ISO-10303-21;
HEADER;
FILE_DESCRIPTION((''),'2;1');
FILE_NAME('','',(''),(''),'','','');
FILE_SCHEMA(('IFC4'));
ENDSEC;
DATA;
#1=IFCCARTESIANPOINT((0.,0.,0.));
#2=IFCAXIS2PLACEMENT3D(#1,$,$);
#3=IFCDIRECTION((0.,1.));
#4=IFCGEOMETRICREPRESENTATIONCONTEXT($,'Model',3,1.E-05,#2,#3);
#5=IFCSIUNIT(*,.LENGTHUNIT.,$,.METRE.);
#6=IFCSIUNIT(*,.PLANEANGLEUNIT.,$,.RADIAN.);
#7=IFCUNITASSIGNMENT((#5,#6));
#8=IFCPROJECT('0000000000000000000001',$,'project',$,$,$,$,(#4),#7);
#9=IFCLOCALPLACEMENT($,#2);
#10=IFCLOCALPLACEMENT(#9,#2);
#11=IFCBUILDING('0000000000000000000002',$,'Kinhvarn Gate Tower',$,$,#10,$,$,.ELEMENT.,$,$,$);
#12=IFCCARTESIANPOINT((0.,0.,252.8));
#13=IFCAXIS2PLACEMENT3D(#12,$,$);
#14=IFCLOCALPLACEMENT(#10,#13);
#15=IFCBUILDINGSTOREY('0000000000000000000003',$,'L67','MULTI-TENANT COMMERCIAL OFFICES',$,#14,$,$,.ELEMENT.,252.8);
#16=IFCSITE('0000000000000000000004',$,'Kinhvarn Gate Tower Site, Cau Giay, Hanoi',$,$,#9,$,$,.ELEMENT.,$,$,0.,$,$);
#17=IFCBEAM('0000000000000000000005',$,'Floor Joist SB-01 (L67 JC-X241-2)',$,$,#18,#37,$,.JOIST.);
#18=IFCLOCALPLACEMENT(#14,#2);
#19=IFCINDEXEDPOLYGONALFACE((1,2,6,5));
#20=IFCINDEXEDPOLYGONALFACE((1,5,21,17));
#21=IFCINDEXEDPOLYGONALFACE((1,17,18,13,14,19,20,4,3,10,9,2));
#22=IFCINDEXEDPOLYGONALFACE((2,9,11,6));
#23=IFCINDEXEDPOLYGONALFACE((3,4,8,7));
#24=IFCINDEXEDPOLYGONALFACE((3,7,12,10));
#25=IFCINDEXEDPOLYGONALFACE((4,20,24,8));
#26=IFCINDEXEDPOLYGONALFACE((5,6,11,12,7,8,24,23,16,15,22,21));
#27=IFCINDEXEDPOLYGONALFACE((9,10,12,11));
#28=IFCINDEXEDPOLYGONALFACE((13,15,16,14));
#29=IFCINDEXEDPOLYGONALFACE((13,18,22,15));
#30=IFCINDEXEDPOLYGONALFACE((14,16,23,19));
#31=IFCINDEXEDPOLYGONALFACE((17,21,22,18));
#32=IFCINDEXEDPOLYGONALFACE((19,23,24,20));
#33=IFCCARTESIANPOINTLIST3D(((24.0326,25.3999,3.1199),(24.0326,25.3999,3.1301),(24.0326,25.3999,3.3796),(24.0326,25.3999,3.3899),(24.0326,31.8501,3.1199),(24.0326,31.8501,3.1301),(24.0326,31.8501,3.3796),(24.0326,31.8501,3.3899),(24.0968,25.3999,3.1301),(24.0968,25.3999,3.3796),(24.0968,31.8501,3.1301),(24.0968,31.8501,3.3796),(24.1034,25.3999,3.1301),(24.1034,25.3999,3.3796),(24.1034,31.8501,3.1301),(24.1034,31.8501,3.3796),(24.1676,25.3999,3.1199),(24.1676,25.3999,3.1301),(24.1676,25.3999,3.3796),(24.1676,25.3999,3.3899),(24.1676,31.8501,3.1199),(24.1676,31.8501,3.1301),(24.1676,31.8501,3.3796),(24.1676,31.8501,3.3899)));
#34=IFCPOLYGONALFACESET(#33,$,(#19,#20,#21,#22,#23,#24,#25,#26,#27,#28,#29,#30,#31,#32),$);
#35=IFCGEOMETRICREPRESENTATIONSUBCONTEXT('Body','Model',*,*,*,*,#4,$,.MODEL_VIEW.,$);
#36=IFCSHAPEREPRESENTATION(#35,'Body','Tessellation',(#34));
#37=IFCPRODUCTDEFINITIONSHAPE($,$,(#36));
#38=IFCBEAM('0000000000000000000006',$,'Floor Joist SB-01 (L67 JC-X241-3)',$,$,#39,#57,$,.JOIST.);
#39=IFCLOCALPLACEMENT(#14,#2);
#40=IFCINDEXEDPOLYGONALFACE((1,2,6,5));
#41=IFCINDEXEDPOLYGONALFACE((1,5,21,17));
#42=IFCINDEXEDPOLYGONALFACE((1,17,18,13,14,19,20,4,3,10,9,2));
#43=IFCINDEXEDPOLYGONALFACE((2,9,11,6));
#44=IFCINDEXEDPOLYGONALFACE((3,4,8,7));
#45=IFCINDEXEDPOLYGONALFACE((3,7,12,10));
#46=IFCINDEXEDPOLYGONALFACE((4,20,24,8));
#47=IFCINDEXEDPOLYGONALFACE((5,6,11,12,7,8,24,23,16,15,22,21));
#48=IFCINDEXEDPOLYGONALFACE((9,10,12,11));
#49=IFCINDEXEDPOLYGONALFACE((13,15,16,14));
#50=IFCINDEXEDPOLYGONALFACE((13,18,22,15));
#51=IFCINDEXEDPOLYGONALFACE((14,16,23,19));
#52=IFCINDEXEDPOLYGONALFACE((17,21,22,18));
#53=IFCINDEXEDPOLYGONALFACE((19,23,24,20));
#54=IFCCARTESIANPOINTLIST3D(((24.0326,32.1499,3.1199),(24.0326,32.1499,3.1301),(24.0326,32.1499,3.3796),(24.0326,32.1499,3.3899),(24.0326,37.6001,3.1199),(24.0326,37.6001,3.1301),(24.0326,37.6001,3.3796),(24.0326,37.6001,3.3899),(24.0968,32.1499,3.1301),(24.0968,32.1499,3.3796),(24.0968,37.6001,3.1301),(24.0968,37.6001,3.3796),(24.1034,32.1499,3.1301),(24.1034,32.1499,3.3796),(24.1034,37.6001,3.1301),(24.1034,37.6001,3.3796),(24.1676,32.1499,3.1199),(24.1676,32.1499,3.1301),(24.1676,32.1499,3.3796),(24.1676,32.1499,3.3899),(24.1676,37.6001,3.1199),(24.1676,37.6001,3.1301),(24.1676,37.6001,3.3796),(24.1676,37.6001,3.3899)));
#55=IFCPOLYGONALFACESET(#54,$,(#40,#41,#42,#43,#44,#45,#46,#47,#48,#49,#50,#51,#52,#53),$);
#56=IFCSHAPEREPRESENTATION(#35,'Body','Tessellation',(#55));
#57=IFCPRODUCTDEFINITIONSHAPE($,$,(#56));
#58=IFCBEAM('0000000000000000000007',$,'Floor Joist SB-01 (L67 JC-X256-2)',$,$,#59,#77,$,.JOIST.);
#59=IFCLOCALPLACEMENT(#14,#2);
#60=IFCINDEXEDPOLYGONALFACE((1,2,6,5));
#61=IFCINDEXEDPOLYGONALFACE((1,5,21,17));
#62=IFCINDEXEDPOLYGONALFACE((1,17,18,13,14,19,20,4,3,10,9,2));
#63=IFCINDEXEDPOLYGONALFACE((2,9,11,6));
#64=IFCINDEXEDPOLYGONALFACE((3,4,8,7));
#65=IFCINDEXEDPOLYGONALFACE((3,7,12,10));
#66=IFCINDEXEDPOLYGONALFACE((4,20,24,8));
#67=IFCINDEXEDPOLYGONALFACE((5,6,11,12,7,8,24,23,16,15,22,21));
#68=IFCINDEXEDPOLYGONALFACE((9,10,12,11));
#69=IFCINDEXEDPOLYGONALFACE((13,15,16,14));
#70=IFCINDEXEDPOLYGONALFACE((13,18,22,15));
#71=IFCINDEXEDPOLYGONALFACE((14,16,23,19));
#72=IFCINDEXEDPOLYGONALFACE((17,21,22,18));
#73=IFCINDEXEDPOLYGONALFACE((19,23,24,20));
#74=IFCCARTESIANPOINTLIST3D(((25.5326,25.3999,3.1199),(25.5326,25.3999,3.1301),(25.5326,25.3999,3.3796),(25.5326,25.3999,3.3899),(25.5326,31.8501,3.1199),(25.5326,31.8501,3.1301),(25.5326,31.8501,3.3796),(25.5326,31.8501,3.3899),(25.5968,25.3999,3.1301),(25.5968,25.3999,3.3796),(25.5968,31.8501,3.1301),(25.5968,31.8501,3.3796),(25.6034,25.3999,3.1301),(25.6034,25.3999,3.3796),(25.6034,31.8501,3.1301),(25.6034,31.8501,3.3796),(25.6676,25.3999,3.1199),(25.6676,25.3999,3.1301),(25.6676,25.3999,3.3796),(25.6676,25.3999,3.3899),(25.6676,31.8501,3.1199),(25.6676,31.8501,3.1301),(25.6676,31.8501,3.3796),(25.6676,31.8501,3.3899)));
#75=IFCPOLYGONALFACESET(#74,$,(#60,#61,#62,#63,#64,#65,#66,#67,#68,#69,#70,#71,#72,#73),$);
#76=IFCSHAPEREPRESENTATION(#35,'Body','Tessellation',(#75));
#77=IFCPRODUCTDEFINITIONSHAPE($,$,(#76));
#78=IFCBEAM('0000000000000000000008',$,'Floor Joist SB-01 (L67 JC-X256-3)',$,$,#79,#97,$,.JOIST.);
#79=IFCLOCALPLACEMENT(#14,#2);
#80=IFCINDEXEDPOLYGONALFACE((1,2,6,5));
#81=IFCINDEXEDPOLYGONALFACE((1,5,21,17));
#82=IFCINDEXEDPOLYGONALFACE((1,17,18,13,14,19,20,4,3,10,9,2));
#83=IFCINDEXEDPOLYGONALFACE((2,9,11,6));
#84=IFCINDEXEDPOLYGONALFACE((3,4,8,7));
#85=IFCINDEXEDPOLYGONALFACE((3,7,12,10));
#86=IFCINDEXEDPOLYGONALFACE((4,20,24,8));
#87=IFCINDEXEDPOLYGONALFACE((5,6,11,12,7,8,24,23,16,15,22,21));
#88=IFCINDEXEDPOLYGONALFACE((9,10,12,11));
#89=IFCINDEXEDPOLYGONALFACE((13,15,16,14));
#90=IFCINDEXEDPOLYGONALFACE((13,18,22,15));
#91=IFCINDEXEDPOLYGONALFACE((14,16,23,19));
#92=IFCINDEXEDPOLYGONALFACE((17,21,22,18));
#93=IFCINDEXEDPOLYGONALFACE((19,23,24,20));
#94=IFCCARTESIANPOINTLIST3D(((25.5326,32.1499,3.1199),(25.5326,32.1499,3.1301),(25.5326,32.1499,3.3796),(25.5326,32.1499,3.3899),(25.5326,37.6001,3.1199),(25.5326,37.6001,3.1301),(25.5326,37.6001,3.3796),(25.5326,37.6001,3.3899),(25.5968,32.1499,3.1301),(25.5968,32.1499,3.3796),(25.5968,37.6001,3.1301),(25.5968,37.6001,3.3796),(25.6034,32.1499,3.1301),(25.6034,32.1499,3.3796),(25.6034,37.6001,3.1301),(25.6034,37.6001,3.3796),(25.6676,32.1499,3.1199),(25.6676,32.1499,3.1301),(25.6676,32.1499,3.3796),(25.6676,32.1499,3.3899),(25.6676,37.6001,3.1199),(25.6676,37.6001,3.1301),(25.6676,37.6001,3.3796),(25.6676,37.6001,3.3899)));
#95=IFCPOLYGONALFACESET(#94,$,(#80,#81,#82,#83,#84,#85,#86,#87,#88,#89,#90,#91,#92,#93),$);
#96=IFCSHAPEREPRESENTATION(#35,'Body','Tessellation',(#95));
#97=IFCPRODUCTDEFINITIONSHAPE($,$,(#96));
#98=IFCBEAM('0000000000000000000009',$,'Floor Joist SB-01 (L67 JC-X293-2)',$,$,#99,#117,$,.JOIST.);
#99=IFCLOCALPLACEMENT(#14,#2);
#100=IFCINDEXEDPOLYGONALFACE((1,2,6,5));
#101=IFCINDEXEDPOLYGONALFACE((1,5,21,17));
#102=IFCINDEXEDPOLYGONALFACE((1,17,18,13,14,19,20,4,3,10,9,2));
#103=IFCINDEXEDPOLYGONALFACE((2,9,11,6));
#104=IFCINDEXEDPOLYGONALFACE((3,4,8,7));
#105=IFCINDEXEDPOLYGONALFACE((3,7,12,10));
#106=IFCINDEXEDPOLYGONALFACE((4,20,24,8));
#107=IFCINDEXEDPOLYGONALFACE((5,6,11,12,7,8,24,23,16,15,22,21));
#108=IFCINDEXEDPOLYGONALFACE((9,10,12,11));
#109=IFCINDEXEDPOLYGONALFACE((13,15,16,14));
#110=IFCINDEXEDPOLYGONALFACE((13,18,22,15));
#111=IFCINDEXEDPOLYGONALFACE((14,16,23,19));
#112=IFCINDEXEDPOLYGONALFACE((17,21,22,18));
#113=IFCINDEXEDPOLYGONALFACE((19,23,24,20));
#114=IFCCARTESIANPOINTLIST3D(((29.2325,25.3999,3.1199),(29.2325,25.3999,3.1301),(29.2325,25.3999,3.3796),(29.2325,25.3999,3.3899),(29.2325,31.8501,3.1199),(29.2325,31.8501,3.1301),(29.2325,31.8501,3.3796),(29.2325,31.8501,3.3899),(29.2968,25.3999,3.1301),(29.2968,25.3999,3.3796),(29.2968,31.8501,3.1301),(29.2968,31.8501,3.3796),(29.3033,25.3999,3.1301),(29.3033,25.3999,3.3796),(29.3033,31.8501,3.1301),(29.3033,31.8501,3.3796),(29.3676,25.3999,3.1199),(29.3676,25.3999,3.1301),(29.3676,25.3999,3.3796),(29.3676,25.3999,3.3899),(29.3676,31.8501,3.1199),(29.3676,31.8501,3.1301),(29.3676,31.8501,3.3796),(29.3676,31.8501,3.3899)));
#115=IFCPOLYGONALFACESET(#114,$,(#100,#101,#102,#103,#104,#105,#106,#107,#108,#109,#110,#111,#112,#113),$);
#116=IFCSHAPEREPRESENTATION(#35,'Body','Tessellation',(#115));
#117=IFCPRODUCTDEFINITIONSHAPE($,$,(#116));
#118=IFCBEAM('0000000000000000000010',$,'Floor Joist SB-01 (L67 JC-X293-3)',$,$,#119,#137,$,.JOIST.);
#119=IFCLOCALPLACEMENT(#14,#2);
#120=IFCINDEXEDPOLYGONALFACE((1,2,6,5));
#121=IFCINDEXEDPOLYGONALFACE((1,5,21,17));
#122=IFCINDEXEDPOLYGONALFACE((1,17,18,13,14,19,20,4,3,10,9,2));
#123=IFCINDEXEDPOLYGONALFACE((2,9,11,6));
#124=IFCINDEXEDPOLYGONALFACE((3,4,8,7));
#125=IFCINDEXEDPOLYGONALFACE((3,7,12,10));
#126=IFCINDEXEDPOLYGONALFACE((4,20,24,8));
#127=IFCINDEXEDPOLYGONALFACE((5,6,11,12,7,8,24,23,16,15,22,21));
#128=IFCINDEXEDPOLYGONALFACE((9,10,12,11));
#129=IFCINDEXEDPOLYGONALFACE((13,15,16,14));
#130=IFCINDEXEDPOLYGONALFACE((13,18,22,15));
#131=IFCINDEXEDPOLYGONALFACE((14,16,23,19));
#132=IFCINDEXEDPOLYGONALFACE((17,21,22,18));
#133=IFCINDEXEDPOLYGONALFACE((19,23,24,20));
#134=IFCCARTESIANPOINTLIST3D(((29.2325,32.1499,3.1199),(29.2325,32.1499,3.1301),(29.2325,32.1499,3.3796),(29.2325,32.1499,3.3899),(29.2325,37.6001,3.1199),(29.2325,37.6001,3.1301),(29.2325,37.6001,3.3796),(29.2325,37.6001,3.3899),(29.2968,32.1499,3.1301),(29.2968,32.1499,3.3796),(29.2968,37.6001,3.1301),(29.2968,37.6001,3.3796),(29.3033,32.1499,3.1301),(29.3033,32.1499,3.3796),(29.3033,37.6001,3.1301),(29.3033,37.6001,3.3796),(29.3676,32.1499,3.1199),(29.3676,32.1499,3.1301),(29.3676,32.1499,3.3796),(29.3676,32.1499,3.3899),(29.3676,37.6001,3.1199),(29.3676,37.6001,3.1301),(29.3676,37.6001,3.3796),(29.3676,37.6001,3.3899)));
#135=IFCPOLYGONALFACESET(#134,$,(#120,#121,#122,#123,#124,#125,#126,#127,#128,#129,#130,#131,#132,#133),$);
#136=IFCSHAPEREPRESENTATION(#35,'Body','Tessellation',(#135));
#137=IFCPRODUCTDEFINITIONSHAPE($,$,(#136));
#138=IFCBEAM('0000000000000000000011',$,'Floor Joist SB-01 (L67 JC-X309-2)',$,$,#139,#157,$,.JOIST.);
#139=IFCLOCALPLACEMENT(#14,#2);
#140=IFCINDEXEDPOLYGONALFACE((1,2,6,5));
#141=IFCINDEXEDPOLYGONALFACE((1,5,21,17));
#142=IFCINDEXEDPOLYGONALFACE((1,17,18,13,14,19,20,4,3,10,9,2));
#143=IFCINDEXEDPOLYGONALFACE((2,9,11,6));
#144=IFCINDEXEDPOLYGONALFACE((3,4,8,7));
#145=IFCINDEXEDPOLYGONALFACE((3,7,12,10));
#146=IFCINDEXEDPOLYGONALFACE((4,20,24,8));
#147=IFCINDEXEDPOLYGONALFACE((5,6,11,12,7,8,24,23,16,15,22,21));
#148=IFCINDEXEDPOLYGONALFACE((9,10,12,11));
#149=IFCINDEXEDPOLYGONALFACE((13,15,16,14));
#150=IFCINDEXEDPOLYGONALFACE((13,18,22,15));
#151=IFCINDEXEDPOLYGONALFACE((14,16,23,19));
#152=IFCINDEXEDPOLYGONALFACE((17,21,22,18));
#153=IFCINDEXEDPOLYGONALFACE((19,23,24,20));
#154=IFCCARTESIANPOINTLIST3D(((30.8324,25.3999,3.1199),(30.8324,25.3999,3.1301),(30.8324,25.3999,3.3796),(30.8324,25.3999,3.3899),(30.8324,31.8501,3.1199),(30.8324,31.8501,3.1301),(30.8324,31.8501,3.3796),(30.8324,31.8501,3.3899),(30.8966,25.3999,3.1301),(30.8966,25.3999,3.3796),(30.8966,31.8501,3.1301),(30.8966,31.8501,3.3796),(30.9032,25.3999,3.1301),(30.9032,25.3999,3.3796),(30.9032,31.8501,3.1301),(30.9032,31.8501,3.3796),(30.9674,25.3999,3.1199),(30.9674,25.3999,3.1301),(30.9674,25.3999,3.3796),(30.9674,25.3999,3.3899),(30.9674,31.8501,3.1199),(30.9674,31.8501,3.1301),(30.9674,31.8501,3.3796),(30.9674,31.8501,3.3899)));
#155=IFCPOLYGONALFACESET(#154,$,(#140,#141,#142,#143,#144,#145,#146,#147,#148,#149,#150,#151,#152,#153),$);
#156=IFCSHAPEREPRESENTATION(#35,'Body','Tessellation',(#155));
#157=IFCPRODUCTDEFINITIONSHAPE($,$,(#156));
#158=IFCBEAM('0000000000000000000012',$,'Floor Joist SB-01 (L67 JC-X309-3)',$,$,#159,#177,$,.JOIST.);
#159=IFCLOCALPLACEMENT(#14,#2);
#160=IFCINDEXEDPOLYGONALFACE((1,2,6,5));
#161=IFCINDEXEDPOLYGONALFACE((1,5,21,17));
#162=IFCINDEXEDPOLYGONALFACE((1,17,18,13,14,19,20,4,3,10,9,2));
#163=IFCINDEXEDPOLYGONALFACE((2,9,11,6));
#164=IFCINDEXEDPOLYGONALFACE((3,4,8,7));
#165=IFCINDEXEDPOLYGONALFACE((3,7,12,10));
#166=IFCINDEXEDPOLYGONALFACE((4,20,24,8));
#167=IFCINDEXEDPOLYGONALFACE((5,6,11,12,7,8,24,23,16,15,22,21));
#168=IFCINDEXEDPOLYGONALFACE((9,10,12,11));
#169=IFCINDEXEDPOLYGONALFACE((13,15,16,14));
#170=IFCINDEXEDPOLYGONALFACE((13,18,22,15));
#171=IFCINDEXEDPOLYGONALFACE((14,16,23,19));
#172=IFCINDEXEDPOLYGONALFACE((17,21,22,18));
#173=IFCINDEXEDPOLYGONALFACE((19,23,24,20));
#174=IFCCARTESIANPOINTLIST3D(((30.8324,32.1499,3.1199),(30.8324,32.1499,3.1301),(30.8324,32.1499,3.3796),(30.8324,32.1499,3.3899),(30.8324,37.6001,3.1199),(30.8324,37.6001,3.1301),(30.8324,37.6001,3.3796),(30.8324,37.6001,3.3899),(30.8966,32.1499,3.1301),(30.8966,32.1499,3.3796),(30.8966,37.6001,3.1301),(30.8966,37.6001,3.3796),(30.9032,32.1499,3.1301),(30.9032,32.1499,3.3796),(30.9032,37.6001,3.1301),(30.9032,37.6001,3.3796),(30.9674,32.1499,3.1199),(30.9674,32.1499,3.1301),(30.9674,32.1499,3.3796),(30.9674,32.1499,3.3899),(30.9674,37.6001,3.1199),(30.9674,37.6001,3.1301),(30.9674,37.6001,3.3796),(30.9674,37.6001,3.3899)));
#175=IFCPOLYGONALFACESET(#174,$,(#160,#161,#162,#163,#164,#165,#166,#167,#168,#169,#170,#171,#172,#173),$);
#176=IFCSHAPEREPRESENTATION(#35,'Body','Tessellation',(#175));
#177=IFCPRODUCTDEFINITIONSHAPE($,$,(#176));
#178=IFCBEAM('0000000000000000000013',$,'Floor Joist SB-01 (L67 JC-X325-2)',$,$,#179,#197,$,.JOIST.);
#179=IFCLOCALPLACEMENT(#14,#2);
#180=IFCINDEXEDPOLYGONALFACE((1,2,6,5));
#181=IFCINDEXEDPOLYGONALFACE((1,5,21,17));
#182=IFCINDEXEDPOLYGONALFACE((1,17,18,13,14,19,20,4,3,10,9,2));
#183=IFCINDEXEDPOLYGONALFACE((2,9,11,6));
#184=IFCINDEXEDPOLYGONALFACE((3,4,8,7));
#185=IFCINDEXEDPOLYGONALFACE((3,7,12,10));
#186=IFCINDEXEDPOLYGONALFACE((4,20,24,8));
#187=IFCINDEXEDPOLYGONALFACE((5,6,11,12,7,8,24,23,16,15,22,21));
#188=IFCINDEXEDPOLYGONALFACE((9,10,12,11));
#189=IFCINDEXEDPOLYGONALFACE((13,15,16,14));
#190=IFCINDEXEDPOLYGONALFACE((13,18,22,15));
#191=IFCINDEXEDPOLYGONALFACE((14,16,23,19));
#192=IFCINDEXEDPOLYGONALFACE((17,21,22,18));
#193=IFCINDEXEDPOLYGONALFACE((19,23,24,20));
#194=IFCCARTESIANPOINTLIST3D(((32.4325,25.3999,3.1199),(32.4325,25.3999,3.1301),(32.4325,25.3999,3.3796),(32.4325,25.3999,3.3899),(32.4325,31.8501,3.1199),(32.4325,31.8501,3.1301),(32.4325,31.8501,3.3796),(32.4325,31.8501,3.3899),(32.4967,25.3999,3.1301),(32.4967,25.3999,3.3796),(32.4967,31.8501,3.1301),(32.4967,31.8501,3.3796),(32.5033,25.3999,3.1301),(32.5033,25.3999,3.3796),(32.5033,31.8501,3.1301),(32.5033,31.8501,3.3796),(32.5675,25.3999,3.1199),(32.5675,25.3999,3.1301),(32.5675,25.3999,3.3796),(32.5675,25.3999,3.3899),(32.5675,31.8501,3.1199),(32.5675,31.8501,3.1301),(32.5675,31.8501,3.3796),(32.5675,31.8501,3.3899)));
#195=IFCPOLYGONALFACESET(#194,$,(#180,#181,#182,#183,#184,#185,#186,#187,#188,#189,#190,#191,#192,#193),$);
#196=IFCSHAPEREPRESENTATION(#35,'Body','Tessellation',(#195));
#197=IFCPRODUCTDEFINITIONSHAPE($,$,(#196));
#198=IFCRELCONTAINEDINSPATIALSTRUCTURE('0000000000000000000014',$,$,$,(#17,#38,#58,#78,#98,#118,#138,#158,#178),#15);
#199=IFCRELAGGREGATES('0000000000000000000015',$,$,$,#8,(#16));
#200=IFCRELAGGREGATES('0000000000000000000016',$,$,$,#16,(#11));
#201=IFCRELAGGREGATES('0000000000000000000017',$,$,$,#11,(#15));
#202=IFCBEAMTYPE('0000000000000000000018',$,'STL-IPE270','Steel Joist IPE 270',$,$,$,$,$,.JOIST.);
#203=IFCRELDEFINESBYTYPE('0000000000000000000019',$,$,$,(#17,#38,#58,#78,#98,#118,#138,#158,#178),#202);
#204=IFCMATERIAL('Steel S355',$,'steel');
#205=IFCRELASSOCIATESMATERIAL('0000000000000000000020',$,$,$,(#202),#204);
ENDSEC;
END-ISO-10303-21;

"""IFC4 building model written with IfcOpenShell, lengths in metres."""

from ifc_helpers import new_model, si_unit, direction, frame, origin, origin_2d, place, context, subcontext, project, spatial, i_section, extrude, material, material_profile, profile_set, type_object, element, save


model = new_model("IFC4")

# Units and contexts
model_context = context("Model", 3, precision=1e-05, world=origin(), true_north=direction((0.0, 1.0)))
body_context = subcontext(model_context, "Body", "Model", "MODEL_VIEW")
ifc_project = project(units=[si_unit("LENGTHUNIT", "METRE"), si_unit("PLANEANGLEUNIT", "RADIAN")], contexts=[model_context])

# Site, building, storey
site_placement = place(None, origin())
site = spatial("IfcSite", under=ifc_project, at=site_placement, Name="Kinhvarn Gate Tower Site, Cau Giay, Hanoi", CompositionType="ELEMENT", RefElevation=0.0)
building_placement = place(site_placement, origin())
building = spatial("IfcBuilding", under=site, at=building_placement, Name="Kinhvarn Gate Tower", CompositionType="ELEMENT")
storey_placement = place(building_placement, frame((0.0, 0.0, 252.8)))
storey = spatial("IfcBuildingStorey", under=building, at=storey_placement, Name="L67", Description="MULTI-TENANT COMMERCIAL OFFICES", CompositionType="ELEMENT", Elevation=252.8)

# Beams
ifc_material_1 = material(Name="Steel S355", Category="steel")
ifc_material_profile = material_profile(ifc_material_1, i_section(OverallWidth=0.135, OverallDepth=0.27, WebThickness=0.0066, FlangeThickness=0.0103, at=origin_2d()), Name="IPE 270")
ifc_profile_set = profile_set([ifc_material_profile], Name="Steel S355")
beam_type = type_object("IfcBeamType", Name="STL-IPE270", Description="Steel Joist IPE 270", PredefinedType="JOIST", material=ifc_profile_set)
beam_1_placement = place(storey_placement, frame((24.1001, 25.3999, 3.2549), z_axis=(0.0, 1.0, 0.0), x_axis=(-1.0, 0.0, 0.0)))
element("IfcBeam", 1, at=beam_1_placement, inside=storey, type_object=beam_type, Name="Floor Joist SB-01 (L67 JC-X241-2)", PredefinedType="JOIST", context=body_context, shape_type="SweptSolid", body=[
    extrude(i_section(OverallWidth=0.135, OverallDepth=0.27, WebThickness=0.0066, FlangeThickness=0.0103, at=origin_2d()), origin(), (0.0, 0.0, 1.0), 6.4502),
])
beam_2_placement = place(storey_placement, frame((24.1001, 32.1499, 3.2549), z_axis=(0.0, 1.0, 0.0), x_axis=(-1.0, 0.0, 0.0)))
element("IfcBeam", 2, at=beam_2_placement, inside=storey, type_object=beam_type, Name="Floor Joist SB-01 (L67 JC-X241-3)", PredefinedType="JOIST", context=body_context, shape_type="SweptSolid", body=[
    extrude(i_section(OverallWidth=0.135, OverallDepth=0.27, WebThickness=0.0066, FlangeThickness=0.0103, at=origin_2d()), origin(), (0.0, 0.0, 1.0), 5.4502),
])
beam_3_placement = place(storey_placement, frame((25.6001, 25.3999, 3.2549), z_axis=(0.0, 1.0, 0.0), x_axis=(-1.0, 0.0, 0.0)))
element("IfcBeam", 3, at=beam_3_placement, inside=storey, type_object=beam_type, Name="Floor Joist SB-01 (L67 JC-X256-2)", PredefinedType="JOIST", context=body_context, shape_type="SweptSolid", body=[
    extrude(i_section(OverallWidth=0.135, OverallDepth=0.27, WebThickness=0.0066, FlangeThickness=0.0103, at=origin_2d()), origin(), (0.0, 0.0, 1.0), 6.4502),
])
beam_4_placement = place(storey_placement, frame((25.6001, 32.1499, 3.2549), z_axis=(0.0, 1.0, 0.0), x_axis=(-1.0, 0.0, 0.0)))
element("IfcBeam", 4, at=beam_4_placement, inside=storey, type_object=beam_type, Name="Floor Joist SB-01 (L67 JC-X256-3)", PredefinedType="JOIST", context=body_context, shape_type="SweptSolid", body=[
    extrude(i_section(OverallWidth=0.135, OverallDepth=0.27, WebThickness=0.0066, FlangeThickness=0.0103, at=origin_2d()), origin(), (0.0, 0.0, 1.0), 5.4502),
])
beam_5_placement = place(storey_placement, frame((29.3, 25.3999, 3.2549), z_axis=(0.0, 1.0, 0.0), x_axis=(-1.0, 0.0, 0.0)))
element("IfcBeam", 5, at=beam_5_placement, inside=storey, type_object=beam_type, Name="Floor Joist SB-01 (L67 JC-X293-2)", PredefinedType="JOIST", context=body_context, shape_type="SweptSolid", body=[
    extrude(i_section(OverallWidth=0.135, OverallDepth=0.27, WebThickness=0.0066, FlangeThickness=0.0103, at=origin_2d()), origin(), (0.0, 0.0, 1.0), 6.4502),
])
beam_6_placement = place(storey_placement, frame((29.3, 32.1499, 3.2549), z_axis=(0.0, 1.0, 0.0), x_axis=(-1.0, 0.0, 0.0)))
element("IfcBeam", 6, at=beam_6_placement, inside=storey, type_object=beam_type, Name="Floor Joist SB-01 (L67 JC-X293-3)", PredefinedType="JOIST", context=body_context, shape_type="SweptSolid", body=[
    extrude(i_section(OverallWidth=0.135, OverallDepth=0.27, WebThickness=0.0066, FlangeThickness=0.0103, at=origin_2d()), origin(), (0.0, 0.0, 1.0), 5.4502),
])
beam_7_placement = place(storey_placement, frame((30.8999, 25.3999, 3.2549), z_axis=(0.0, 1.0, 0.0), x_axis=(-1.0, 0.0, 0.0)))
element("IfcBeam", 7, at=beam_7_placement, inside=storey, type_object=beam_type, Name="Floor Joist SB-01 (L67 JC-X309-2)", PredefinedType="JOIST", context=body_context, shape_type="SweptSolid", body=[
    extrude(i_section(OverallWidth=0.135, OverallDepth=0.27, WebThickness=0.0066, FlangeThickness=0.0103, at=origin_2d()), origin(), (0.0, 0.0, 1.0), 6.4502),
])
beam_8_placement = place(storey_placement, frame((30.8999, 32.1499, 3.2549), z_axis=(0.0, 1.0, 0.0), x_axis=(-1.0, 0.0, 0.0)))
element("IfcBeam", 8, at=beam_8_placement, inside=storey, type_object=beam_type, Name="Floor Joist SB-01 (L67 JC-X309-3)", PredefinedType="JOIST", context=body_context, shape_type="SweptSolid", body=[
    extrude(i_section(OverallWidth=0.135, OverallDepth=0.27, WebThickness=0.0066, FlangeThickness=0.0103, at=origin_2d()), origin(), (0.0, 0.0, 1.0), 5.4502),
])
beam_9_placement = place(storey_placement, frame((32.5, 25.3999, 3.2549), z_axis=(0.0, 1.0, 0.0), x_axis=(-1.0, 0.0, 0.0)))
element("IfcBeam", 9, at=beam_9_placement, inside=storey, type_object=beam_type, Name="Floor Joist SB-01 (L67 JC-X325-2)", PredefinedType="JOIST", context=body_context, shape_type="SweptSolid", body=[
    extrude(i_section(OverallWidth=0.135, OverallDepth=0.27, WebThickness=0.0066, FlangeThickness=0.0103, at=origin_2d()), origin(), (0.0, 0.0, 1.0), 6.4502),
])

save(model, "model.ifc")
